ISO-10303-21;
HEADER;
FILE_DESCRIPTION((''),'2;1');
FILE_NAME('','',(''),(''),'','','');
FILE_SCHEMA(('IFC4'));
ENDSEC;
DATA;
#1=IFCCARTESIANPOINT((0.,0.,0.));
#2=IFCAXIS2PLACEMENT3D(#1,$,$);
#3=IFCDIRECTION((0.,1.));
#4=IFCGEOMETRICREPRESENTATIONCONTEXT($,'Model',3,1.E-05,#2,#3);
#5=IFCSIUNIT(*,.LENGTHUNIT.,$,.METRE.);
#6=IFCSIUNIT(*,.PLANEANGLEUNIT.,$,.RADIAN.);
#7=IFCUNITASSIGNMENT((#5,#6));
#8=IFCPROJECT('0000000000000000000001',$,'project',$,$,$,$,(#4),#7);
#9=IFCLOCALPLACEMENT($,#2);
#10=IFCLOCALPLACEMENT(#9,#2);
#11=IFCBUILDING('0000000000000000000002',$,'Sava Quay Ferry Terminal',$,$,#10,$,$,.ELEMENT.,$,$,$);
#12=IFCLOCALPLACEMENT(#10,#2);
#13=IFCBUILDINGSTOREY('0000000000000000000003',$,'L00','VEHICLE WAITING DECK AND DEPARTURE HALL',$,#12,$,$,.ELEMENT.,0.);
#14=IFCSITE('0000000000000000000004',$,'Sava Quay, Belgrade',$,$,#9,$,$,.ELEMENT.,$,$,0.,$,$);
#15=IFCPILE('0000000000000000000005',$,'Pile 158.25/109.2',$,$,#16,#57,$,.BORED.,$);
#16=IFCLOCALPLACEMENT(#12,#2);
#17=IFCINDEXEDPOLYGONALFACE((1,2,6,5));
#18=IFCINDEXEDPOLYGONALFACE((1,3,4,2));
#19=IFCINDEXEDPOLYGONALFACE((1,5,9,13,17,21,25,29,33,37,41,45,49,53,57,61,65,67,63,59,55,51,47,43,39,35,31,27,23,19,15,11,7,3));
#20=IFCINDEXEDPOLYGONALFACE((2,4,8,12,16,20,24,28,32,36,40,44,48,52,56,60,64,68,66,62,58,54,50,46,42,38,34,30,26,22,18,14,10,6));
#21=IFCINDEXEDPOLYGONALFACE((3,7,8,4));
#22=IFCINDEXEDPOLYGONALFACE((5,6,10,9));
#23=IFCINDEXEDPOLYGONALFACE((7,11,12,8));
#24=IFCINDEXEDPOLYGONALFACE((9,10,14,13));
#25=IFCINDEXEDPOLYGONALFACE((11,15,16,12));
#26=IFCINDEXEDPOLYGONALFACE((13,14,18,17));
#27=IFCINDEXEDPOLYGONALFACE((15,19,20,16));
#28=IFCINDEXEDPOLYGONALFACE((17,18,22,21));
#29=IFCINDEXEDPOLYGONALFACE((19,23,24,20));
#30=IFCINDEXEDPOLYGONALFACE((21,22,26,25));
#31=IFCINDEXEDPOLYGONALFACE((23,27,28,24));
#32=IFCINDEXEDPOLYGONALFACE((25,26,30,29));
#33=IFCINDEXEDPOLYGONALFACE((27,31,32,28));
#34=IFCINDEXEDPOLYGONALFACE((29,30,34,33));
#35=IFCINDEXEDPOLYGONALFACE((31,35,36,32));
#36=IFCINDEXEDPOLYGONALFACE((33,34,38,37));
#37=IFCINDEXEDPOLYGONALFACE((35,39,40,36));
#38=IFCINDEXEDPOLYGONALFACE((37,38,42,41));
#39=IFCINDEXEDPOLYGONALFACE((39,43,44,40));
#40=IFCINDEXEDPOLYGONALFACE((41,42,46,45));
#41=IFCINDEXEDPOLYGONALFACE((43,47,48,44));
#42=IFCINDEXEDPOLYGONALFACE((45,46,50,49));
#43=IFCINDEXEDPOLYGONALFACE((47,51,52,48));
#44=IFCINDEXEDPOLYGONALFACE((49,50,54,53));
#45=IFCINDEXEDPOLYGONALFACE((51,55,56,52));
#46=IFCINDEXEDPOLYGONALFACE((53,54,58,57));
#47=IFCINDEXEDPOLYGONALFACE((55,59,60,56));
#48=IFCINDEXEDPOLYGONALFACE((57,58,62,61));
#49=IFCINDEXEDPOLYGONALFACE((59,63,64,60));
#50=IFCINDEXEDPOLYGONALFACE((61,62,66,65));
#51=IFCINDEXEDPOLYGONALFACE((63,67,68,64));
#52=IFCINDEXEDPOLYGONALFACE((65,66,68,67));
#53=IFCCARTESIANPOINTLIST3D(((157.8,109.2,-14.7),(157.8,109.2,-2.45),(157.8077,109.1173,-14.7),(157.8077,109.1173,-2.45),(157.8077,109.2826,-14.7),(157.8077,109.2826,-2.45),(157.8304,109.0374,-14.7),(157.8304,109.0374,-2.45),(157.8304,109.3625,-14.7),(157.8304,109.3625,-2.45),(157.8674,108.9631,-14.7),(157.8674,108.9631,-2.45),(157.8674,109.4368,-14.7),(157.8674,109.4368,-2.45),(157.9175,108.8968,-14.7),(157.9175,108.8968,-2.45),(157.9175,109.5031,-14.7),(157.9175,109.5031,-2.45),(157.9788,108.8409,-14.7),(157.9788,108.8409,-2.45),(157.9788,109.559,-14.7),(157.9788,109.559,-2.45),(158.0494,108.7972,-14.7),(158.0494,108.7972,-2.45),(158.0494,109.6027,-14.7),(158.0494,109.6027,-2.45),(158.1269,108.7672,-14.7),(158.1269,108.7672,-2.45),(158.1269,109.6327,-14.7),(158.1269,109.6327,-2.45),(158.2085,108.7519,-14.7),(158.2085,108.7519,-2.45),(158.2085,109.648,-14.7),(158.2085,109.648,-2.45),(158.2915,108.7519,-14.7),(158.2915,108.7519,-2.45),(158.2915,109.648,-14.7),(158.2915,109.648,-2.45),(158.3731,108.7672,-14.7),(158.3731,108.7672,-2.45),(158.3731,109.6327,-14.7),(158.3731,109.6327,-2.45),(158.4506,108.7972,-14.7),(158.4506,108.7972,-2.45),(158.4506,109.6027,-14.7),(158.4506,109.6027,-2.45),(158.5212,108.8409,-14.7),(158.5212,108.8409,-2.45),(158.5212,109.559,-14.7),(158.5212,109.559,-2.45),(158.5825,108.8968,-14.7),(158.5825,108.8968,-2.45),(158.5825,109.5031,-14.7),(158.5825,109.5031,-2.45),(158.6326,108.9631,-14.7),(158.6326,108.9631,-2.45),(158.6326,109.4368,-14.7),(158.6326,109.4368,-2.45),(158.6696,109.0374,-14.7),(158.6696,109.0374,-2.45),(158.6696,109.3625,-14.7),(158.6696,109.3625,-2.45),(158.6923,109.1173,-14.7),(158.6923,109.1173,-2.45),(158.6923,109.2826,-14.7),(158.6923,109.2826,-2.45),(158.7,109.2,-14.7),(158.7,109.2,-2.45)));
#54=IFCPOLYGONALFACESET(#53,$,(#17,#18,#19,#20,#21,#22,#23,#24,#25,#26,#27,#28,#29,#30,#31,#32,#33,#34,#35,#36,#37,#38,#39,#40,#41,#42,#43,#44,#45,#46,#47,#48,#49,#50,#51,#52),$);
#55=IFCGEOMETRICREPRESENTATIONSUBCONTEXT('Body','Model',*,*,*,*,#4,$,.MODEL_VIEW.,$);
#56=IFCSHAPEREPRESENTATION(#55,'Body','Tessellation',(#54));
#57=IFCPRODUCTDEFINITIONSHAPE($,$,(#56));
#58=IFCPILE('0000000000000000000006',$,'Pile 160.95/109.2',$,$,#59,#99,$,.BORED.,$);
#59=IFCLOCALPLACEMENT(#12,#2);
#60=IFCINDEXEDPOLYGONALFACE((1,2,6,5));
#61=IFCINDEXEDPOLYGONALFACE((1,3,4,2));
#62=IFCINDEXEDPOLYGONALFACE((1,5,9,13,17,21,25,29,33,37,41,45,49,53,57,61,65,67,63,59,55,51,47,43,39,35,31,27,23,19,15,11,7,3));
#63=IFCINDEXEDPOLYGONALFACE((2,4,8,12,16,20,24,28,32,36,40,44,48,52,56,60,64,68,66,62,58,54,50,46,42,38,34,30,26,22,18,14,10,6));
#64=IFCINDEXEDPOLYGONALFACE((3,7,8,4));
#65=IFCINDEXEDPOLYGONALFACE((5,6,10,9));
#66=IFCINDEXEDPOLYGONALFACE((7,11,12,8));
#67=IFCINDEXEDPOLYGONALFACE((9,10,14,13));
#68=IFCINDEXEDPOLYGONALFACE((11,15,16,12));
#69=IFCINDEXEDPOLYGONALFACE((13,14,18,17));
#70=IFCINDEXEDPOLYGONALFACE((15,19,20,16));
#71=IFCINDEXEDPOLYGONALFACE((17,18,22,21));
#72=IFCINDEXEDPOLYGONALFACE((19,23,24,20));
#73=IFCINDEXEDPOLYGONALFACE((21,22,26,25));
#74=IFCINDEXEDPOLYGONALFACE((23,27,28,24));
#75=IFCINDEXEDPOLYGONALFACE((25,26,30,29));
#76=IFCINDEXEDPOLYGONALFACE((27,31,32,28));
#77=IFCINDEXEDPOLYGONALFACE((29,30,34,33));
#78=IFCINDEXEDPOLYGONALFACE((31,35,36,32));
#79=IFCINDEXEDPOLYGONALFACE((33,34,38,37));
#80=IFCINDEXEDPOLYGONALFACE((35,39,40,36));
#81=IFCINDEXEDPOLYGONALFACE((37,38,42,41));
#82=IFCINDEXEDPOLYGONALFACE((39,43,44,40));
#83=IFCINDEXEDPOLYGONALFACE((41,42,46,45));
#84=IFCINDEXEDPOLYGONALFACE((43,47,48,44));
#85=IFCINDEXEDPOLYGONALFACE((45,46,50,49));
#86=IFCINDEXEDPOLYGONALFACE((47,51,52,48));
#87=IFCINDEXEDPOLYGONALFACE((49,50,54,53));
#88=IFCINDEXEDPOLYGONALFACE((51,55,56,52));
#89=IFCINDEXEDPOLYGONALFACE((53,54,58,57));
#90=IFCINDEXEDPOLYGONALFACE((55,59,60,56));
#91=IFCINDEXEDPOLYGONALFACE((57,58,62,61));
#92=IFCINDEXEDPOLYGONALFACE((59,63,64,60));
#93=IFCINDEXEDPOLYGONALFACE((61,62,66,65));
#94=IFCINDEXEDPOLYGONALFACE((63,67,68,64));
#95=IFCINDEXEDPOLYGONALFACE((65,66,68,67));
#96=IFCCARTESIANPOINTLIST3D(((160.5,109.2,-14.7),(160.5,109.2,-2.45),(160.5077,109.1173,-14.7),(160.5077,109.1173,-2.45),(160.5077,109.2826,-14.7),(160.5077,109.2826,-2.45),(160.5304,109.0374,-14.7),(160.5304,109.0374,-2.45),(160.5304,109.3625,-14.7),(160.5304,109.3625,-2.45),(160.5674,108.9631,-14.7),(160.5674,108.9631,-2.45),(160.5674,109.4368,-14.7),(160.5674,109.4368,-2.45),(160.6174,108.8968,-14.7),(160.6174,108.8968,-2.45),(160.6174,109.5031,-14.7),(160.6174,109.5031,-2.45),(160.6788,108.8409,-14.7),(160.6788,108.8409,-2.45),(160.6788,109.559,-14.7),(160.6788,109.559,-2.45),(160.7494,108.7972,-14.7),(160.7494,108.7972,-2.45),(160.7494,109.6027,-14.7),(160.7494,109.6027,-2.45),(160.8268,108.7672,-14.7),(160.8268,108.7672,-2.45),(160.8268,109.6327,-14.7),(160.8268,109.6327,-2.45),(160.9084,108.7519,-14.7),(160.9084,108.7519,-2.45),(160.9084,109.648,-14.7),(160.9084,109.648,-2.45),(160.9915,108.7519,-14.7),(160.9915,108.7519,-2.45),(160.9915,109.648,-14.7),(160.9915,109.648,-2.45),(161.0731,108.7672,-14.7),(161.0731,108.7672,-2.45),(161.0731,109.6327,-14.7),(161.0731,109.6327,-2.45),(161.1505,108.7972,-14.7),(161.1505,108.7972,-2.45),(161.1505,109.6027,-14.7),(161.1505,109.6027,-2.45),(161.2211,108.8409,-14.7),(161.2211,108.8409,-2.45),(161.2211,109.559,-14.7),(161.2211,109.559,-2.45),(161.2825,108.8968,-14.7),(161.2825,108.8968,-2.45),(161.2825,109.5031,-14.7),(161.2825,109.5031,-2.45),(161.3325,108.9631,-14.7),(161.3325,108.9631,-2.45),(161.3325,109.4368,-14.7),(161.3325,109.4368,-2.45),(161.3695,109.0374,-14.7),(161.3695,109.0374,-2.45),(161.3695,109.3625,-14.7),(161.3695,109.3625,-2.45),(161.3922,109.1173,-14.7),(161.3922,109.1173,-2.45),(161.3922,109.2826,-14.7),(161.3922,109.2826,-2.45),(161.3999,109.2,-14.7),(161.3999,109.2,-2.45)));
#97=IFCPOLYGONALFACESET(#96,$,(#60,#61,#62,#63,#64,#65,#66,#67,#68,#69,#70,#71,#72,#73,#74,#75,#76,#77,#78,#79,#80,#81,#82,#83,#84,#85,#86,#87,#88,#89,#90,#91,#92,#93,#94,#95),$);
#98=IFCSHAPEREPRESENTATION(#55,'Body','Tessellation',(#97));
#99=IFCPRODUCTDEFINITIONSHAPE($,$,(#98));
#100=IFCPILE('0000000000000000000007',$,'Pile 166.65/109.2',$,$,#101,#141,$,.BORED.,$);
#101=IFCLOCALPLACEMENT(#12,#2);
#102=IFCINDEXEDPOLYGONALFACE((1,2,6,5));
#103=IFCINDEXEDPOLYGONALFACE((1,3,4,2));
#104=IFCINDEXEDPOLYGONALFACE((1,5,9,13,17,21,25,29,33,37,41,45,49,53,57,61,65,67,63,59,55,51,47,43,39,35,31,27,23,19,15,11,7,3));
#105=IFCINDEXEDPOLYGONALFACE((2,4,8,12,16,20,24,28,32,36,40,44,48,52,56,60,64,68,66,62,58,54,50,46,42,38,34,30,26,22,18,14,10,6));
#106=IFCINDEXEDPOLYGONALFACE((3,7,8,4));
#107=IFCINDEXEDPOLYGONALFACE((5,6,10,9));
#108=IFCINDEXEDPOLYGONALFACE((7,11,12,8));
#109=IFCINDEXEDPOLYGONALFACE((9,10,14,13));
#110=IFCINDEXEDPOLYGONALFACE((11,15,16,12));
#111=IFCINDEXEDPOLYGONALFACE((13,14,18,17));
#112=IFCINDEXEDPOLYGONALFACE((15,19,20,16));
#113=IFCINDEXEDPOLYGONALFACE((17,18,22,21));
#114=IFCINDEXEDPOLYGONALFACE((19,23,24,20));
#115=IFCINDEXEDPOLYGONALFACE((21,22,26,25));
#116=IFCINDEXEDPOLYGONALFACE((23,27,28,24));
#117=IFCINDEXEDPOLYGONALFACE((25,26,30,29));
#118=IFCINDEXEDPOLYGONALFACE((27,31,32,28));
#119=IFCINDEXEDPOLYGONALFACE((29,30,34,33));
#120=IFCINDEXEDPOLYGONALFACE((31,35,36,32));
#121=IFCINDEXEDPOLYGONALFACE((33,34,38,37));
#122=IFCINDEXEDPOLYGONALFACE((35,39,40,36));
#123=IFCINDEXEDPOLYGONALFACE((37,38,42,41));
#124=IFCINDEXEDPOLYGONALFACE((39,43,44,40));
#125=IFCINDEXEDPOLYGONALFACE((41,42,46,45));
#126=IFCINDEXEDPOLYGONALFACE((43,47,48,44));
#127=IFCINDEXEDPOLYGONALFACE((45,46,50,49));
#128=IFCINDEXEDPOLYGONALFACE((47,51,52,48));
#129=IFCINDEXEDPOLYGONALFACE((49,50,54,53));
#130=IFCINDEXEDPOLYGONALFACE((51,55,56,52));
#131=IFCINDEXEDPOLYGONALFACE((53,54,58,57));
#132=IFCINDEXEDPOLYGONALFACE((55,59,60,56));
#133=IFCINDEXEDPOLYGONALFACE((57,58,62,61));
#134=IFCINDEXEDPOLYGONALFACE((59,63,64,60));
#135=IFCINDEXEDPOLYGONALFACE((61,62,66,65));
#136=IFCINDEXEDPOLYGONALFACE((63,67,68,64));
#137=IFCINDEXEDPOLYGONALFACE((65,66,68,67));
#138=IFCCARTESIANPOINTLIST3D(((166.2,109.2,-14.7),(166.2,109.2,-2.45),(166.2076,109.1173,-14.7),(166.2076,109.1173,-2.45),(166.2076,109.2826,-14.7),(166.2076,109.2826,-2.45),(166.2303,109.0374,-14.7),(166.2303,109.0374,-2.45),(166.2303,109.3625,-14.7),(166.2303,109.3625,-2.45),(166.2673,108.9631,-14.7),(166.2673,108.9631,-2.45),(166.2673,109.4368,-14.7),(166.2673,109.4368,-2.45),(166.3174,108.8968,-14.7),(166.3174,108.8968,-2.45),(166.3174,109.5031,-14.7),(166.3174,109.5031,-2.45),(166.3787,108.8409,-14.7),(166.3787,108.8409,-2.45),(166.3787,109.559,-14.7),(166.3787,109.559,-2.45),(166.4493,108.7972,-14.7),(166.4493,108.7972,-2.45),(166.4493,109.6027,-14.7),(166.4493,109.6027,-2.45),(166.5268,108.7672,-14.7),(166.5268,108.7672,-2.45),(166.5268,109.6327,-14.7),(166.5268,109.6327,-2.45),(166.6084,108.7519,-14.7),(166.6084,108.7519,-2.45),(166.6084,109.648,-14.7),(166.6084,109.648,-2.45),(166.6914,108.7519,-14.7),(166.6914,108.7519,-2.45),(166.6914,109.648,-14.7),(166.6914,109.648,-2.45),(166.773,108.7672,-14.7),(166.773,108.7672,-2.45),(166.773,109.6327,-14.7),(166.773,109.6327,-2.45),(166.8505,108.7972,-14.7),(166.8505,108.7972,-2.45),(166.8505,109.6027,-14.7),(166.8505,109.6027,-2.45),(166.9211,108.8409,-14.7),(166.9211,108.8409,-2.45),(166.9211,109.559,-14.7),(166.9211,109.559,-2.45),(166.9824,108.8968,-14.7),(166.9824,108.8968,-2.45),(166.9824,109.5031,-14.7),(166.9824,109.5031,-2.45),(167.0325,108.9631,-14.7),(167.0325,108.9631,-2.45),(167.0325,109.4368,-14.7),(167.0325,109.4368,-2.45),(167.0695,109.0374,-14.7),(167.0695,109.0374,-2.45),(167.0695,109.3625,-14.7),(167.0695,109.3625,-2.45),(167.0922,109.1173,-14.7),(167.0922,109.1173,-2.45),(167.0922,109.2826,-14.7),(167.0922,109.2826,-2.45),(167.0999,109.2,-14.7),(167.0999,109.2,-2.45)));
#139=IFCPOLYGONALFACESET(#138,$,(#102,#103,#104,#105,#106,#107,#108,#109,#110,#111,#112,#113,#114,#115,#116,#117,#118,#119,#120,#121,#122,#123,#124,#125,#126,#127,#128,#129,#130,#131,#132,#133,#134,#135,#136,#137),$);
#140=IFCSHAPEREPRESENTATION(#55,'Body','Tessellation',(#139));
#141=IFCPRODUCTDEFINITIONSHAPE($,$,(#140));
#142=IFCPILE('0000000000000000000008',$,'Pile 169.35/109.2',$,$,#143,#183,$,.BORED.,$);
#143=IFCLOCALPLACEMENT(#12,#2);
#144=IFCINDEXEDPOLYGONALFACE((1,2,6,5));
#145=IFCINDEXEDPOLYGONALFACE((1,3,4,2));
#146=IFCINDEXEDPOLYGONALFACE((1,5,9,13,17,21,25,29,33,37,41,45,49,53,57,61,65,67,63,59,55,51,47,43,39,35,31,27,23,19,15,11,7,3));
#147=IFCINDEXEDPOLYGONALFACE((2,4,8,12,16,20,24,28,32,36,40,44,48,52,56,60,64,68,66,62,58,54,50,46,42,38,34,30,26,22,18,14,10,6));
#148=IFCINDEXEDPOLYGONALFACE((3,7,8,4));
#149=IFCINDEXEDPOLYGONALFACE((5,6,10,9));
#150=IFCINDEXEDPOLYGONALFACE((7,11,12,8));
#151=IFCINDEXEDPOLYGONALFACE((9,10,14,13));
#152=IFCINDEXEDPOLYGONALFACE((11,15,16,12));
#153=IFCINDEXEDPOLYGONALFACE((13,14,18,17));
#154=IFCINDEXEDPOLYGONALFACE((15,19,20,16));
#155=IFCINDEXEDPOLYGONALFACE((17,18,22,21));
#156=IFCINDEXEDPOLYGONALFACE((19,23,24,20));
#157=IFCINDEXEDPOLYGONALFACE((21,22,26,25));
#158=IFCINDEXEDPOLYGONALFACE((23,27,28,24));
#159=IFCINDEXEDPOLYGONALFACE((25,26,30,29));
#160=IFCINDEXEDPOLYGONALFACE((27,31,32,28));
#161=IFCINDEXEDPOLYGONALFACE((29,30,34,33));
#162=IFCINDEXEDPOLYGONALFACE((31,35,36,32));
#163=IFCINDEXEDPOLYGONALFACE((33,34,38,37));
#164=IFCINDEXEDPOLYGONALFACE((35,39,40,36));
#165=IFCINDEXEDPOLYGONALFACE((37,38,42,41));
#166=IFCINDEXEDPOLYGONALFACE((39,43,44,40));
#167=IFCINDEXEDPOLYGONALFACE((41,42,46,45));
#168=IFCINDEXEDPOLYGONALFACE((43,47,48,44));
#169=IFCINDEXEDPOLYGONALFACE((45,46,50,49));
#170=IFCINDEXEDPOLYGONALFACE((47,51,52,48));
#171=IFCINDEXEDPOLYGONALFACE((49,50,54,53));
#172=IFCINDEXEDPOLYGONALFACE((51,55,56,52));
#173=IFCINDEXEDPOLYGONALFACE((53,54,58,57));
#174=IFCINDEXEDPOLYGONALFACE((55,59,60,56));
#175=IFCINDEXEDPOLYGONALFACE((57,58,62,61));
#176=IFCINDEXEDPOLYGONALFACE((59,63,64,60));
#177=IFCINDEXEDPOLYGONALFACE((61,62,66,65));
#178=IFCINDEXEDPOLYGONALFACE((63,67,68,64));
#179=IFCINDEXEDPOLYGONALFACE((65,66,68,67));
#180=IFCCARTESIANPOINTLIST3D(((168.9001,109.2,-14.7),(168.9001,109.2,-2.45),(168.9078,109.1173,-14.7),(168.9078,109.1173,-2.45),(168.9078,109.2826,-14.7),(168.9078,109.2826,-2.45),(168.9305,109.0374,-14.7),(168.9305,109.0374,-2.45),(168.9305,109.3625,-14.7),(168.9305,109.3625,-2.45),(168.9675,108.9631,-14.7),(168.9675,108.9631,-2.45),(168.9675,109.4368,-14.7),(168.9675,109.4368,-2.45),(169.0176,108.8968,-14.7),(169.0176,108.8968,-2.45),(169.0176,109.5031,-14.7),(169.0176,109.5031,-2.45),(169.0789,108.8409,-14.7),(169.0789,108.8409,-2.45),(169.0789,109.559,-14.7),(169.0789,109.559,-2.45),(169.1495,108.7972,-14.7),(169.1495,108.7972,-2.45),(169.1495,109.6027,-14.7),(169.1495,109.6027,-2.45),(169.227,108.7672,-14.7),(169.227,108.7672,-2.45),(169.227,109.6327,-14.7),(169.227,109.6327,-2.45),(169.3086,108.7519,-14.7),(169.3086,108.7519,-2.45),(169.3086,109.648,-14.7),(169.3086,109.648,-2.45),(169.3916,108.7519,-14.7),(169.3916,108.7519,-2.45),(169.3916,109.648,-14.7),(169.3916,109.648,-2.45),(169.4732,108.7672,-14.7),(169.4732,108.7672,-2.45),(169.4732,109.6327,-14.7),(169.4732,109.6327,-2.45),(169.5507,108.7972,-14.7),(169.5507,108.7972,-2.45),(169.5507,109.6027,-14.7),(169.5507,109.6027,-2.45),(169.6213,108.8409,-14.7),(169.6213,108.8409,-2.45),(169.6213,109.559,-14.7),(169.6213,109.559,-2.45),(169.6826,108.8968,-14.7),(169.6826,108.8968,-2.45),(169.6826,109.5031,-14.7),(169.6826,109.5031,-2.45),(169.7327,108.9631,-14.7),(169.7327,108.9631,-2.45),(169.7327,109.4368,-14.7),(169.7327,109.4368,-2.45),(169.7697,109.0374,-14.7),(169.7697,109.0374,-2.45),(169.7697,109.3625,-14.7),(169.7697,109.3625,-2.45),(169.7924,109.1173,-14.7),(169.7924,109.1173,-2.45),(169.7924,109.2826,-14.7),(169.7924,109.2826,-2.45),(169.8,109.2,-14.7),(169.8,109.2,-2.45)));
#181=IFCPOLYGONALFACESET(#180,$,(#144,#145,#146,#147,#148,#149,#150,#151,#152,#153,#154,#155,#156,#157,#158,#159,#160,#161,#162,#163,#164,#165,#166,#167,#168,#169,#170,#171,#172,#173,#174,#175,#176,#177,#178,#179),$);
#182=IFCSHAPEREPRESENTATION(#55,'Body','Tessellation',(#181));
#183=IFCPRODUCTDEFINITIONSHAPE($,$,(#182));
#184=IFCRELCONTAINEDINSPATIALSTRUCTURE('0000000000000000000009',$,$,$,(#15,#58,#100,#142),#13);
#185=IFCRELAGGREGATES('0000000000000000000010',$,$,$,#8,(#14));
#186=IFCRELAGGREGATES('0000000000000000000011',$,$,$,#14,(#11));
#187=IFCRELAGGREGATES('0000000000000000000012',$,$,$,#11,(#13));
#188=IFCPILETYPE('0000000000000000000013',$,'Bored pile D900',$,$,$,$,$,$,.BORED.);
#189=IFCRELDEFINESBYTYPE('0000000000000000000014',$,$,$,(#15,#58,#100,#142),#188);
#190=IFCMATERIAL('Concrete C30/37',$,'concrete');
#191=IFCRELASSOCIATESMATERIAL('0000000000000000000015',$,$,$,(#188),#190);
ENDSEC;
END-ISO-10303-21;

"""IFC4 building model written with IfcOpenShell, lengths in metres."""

from ifc_helpers import new_model, si_unit, direction, frame, origin, origin_2d, place, context, subcontext, project, spatial, circle, extrude, material, material_profile, profile_set, type_object, element, save


model = new_model("IFC4")

# Units and contexts
model_context = context("Model", 3, precision=1e-05, world=origin(), true_north=direction((0.0, 1.0)))
body_context = subcontext(model_context, "Body", "Model", "MODEL_VIEW")
ifc_project = project(units=[si_unit("LENGTHUNIT", "METRE"), si_unit("PLANEANGLEUNIT", "RADIAN")], contexts=[model_context])

# Site, building, storey
site_placement = place(None, origin())
site = spatial("IfcSite", under=ifc_project, at=site_placement, Name="Sava Quay, Belgrade", CompositionType="ELEMENT", RefElevation=0.0)
building_placement = place(site_placement, origin())
building = spatial("IfcBuilding", under=site, at=building_placement, Name="Sava Quay Ferry Terminal", CompositionType="ELEMENT")
storey_placement = place(building_placement, origin())
storey = spatial("IfcBuildingStorey", under=building, at=storey_placement, Name="L00", Description="VEHICLE WAITING DECK AND DEPARTURE HALL", CompositionType="ELEMENT", Elevation=0.0)

# Piles
ifc_material_1 = material(Name="Concrete C30/37", Category="concrete")
ifc_material_profile_1 = material_profile(ifc_material_1, circle(Radius=0.45, at=origin_2d()), Name="Bored pile D900")
ifc_profile_set_1 = profile_set([ifc_material_profile_1], Name="Concrete C30/37")
pile_type_1 = type_object("IfcPileType", Name="Bored pile D900", PredefinedType="BORED", material=ifc_profile_set_1)
for number, where, z_axis, x_axis, name in (
    (1, (158.25, 109.2, -2.45), (0.0, 0.0, -1.0), (1.0, 0.0, 0.0), "Pile 158.25/109.2"),
    (2, (160.95, 109.2, -2.45), (0.0, 0.0, -1.0), (1.0, 0.0, 0.0), "Pile 160.95/109.2"),
    (3, (166.6499, 109.2, -2.45), (0.0, 0.0, -1.0), (1.0, 0.0, 0.0), "Pile 166.65/109.2"),
    (4, (169.3501, 109.2, -2.45), (0.0, 0.0, -1.0), (1.0, 0.0, 0.0), "Pile 169.35/109.2"),
):
    element("IfcPile", number, at=place(storey_placement, frame(where, z_axis=z_axis, x_axis=x_axis)), inside=storey, type_object=pile_type_1, Name=name, PredefinedType="BORED", context=body_context, shape_type="SweptSolid", body=[
        extrude(circle(Radius=0.45, at=origin_2d()), origin(), (0.0, 0.0, 1.0), 12.25),
    ])

save(model, "model.ifc")
